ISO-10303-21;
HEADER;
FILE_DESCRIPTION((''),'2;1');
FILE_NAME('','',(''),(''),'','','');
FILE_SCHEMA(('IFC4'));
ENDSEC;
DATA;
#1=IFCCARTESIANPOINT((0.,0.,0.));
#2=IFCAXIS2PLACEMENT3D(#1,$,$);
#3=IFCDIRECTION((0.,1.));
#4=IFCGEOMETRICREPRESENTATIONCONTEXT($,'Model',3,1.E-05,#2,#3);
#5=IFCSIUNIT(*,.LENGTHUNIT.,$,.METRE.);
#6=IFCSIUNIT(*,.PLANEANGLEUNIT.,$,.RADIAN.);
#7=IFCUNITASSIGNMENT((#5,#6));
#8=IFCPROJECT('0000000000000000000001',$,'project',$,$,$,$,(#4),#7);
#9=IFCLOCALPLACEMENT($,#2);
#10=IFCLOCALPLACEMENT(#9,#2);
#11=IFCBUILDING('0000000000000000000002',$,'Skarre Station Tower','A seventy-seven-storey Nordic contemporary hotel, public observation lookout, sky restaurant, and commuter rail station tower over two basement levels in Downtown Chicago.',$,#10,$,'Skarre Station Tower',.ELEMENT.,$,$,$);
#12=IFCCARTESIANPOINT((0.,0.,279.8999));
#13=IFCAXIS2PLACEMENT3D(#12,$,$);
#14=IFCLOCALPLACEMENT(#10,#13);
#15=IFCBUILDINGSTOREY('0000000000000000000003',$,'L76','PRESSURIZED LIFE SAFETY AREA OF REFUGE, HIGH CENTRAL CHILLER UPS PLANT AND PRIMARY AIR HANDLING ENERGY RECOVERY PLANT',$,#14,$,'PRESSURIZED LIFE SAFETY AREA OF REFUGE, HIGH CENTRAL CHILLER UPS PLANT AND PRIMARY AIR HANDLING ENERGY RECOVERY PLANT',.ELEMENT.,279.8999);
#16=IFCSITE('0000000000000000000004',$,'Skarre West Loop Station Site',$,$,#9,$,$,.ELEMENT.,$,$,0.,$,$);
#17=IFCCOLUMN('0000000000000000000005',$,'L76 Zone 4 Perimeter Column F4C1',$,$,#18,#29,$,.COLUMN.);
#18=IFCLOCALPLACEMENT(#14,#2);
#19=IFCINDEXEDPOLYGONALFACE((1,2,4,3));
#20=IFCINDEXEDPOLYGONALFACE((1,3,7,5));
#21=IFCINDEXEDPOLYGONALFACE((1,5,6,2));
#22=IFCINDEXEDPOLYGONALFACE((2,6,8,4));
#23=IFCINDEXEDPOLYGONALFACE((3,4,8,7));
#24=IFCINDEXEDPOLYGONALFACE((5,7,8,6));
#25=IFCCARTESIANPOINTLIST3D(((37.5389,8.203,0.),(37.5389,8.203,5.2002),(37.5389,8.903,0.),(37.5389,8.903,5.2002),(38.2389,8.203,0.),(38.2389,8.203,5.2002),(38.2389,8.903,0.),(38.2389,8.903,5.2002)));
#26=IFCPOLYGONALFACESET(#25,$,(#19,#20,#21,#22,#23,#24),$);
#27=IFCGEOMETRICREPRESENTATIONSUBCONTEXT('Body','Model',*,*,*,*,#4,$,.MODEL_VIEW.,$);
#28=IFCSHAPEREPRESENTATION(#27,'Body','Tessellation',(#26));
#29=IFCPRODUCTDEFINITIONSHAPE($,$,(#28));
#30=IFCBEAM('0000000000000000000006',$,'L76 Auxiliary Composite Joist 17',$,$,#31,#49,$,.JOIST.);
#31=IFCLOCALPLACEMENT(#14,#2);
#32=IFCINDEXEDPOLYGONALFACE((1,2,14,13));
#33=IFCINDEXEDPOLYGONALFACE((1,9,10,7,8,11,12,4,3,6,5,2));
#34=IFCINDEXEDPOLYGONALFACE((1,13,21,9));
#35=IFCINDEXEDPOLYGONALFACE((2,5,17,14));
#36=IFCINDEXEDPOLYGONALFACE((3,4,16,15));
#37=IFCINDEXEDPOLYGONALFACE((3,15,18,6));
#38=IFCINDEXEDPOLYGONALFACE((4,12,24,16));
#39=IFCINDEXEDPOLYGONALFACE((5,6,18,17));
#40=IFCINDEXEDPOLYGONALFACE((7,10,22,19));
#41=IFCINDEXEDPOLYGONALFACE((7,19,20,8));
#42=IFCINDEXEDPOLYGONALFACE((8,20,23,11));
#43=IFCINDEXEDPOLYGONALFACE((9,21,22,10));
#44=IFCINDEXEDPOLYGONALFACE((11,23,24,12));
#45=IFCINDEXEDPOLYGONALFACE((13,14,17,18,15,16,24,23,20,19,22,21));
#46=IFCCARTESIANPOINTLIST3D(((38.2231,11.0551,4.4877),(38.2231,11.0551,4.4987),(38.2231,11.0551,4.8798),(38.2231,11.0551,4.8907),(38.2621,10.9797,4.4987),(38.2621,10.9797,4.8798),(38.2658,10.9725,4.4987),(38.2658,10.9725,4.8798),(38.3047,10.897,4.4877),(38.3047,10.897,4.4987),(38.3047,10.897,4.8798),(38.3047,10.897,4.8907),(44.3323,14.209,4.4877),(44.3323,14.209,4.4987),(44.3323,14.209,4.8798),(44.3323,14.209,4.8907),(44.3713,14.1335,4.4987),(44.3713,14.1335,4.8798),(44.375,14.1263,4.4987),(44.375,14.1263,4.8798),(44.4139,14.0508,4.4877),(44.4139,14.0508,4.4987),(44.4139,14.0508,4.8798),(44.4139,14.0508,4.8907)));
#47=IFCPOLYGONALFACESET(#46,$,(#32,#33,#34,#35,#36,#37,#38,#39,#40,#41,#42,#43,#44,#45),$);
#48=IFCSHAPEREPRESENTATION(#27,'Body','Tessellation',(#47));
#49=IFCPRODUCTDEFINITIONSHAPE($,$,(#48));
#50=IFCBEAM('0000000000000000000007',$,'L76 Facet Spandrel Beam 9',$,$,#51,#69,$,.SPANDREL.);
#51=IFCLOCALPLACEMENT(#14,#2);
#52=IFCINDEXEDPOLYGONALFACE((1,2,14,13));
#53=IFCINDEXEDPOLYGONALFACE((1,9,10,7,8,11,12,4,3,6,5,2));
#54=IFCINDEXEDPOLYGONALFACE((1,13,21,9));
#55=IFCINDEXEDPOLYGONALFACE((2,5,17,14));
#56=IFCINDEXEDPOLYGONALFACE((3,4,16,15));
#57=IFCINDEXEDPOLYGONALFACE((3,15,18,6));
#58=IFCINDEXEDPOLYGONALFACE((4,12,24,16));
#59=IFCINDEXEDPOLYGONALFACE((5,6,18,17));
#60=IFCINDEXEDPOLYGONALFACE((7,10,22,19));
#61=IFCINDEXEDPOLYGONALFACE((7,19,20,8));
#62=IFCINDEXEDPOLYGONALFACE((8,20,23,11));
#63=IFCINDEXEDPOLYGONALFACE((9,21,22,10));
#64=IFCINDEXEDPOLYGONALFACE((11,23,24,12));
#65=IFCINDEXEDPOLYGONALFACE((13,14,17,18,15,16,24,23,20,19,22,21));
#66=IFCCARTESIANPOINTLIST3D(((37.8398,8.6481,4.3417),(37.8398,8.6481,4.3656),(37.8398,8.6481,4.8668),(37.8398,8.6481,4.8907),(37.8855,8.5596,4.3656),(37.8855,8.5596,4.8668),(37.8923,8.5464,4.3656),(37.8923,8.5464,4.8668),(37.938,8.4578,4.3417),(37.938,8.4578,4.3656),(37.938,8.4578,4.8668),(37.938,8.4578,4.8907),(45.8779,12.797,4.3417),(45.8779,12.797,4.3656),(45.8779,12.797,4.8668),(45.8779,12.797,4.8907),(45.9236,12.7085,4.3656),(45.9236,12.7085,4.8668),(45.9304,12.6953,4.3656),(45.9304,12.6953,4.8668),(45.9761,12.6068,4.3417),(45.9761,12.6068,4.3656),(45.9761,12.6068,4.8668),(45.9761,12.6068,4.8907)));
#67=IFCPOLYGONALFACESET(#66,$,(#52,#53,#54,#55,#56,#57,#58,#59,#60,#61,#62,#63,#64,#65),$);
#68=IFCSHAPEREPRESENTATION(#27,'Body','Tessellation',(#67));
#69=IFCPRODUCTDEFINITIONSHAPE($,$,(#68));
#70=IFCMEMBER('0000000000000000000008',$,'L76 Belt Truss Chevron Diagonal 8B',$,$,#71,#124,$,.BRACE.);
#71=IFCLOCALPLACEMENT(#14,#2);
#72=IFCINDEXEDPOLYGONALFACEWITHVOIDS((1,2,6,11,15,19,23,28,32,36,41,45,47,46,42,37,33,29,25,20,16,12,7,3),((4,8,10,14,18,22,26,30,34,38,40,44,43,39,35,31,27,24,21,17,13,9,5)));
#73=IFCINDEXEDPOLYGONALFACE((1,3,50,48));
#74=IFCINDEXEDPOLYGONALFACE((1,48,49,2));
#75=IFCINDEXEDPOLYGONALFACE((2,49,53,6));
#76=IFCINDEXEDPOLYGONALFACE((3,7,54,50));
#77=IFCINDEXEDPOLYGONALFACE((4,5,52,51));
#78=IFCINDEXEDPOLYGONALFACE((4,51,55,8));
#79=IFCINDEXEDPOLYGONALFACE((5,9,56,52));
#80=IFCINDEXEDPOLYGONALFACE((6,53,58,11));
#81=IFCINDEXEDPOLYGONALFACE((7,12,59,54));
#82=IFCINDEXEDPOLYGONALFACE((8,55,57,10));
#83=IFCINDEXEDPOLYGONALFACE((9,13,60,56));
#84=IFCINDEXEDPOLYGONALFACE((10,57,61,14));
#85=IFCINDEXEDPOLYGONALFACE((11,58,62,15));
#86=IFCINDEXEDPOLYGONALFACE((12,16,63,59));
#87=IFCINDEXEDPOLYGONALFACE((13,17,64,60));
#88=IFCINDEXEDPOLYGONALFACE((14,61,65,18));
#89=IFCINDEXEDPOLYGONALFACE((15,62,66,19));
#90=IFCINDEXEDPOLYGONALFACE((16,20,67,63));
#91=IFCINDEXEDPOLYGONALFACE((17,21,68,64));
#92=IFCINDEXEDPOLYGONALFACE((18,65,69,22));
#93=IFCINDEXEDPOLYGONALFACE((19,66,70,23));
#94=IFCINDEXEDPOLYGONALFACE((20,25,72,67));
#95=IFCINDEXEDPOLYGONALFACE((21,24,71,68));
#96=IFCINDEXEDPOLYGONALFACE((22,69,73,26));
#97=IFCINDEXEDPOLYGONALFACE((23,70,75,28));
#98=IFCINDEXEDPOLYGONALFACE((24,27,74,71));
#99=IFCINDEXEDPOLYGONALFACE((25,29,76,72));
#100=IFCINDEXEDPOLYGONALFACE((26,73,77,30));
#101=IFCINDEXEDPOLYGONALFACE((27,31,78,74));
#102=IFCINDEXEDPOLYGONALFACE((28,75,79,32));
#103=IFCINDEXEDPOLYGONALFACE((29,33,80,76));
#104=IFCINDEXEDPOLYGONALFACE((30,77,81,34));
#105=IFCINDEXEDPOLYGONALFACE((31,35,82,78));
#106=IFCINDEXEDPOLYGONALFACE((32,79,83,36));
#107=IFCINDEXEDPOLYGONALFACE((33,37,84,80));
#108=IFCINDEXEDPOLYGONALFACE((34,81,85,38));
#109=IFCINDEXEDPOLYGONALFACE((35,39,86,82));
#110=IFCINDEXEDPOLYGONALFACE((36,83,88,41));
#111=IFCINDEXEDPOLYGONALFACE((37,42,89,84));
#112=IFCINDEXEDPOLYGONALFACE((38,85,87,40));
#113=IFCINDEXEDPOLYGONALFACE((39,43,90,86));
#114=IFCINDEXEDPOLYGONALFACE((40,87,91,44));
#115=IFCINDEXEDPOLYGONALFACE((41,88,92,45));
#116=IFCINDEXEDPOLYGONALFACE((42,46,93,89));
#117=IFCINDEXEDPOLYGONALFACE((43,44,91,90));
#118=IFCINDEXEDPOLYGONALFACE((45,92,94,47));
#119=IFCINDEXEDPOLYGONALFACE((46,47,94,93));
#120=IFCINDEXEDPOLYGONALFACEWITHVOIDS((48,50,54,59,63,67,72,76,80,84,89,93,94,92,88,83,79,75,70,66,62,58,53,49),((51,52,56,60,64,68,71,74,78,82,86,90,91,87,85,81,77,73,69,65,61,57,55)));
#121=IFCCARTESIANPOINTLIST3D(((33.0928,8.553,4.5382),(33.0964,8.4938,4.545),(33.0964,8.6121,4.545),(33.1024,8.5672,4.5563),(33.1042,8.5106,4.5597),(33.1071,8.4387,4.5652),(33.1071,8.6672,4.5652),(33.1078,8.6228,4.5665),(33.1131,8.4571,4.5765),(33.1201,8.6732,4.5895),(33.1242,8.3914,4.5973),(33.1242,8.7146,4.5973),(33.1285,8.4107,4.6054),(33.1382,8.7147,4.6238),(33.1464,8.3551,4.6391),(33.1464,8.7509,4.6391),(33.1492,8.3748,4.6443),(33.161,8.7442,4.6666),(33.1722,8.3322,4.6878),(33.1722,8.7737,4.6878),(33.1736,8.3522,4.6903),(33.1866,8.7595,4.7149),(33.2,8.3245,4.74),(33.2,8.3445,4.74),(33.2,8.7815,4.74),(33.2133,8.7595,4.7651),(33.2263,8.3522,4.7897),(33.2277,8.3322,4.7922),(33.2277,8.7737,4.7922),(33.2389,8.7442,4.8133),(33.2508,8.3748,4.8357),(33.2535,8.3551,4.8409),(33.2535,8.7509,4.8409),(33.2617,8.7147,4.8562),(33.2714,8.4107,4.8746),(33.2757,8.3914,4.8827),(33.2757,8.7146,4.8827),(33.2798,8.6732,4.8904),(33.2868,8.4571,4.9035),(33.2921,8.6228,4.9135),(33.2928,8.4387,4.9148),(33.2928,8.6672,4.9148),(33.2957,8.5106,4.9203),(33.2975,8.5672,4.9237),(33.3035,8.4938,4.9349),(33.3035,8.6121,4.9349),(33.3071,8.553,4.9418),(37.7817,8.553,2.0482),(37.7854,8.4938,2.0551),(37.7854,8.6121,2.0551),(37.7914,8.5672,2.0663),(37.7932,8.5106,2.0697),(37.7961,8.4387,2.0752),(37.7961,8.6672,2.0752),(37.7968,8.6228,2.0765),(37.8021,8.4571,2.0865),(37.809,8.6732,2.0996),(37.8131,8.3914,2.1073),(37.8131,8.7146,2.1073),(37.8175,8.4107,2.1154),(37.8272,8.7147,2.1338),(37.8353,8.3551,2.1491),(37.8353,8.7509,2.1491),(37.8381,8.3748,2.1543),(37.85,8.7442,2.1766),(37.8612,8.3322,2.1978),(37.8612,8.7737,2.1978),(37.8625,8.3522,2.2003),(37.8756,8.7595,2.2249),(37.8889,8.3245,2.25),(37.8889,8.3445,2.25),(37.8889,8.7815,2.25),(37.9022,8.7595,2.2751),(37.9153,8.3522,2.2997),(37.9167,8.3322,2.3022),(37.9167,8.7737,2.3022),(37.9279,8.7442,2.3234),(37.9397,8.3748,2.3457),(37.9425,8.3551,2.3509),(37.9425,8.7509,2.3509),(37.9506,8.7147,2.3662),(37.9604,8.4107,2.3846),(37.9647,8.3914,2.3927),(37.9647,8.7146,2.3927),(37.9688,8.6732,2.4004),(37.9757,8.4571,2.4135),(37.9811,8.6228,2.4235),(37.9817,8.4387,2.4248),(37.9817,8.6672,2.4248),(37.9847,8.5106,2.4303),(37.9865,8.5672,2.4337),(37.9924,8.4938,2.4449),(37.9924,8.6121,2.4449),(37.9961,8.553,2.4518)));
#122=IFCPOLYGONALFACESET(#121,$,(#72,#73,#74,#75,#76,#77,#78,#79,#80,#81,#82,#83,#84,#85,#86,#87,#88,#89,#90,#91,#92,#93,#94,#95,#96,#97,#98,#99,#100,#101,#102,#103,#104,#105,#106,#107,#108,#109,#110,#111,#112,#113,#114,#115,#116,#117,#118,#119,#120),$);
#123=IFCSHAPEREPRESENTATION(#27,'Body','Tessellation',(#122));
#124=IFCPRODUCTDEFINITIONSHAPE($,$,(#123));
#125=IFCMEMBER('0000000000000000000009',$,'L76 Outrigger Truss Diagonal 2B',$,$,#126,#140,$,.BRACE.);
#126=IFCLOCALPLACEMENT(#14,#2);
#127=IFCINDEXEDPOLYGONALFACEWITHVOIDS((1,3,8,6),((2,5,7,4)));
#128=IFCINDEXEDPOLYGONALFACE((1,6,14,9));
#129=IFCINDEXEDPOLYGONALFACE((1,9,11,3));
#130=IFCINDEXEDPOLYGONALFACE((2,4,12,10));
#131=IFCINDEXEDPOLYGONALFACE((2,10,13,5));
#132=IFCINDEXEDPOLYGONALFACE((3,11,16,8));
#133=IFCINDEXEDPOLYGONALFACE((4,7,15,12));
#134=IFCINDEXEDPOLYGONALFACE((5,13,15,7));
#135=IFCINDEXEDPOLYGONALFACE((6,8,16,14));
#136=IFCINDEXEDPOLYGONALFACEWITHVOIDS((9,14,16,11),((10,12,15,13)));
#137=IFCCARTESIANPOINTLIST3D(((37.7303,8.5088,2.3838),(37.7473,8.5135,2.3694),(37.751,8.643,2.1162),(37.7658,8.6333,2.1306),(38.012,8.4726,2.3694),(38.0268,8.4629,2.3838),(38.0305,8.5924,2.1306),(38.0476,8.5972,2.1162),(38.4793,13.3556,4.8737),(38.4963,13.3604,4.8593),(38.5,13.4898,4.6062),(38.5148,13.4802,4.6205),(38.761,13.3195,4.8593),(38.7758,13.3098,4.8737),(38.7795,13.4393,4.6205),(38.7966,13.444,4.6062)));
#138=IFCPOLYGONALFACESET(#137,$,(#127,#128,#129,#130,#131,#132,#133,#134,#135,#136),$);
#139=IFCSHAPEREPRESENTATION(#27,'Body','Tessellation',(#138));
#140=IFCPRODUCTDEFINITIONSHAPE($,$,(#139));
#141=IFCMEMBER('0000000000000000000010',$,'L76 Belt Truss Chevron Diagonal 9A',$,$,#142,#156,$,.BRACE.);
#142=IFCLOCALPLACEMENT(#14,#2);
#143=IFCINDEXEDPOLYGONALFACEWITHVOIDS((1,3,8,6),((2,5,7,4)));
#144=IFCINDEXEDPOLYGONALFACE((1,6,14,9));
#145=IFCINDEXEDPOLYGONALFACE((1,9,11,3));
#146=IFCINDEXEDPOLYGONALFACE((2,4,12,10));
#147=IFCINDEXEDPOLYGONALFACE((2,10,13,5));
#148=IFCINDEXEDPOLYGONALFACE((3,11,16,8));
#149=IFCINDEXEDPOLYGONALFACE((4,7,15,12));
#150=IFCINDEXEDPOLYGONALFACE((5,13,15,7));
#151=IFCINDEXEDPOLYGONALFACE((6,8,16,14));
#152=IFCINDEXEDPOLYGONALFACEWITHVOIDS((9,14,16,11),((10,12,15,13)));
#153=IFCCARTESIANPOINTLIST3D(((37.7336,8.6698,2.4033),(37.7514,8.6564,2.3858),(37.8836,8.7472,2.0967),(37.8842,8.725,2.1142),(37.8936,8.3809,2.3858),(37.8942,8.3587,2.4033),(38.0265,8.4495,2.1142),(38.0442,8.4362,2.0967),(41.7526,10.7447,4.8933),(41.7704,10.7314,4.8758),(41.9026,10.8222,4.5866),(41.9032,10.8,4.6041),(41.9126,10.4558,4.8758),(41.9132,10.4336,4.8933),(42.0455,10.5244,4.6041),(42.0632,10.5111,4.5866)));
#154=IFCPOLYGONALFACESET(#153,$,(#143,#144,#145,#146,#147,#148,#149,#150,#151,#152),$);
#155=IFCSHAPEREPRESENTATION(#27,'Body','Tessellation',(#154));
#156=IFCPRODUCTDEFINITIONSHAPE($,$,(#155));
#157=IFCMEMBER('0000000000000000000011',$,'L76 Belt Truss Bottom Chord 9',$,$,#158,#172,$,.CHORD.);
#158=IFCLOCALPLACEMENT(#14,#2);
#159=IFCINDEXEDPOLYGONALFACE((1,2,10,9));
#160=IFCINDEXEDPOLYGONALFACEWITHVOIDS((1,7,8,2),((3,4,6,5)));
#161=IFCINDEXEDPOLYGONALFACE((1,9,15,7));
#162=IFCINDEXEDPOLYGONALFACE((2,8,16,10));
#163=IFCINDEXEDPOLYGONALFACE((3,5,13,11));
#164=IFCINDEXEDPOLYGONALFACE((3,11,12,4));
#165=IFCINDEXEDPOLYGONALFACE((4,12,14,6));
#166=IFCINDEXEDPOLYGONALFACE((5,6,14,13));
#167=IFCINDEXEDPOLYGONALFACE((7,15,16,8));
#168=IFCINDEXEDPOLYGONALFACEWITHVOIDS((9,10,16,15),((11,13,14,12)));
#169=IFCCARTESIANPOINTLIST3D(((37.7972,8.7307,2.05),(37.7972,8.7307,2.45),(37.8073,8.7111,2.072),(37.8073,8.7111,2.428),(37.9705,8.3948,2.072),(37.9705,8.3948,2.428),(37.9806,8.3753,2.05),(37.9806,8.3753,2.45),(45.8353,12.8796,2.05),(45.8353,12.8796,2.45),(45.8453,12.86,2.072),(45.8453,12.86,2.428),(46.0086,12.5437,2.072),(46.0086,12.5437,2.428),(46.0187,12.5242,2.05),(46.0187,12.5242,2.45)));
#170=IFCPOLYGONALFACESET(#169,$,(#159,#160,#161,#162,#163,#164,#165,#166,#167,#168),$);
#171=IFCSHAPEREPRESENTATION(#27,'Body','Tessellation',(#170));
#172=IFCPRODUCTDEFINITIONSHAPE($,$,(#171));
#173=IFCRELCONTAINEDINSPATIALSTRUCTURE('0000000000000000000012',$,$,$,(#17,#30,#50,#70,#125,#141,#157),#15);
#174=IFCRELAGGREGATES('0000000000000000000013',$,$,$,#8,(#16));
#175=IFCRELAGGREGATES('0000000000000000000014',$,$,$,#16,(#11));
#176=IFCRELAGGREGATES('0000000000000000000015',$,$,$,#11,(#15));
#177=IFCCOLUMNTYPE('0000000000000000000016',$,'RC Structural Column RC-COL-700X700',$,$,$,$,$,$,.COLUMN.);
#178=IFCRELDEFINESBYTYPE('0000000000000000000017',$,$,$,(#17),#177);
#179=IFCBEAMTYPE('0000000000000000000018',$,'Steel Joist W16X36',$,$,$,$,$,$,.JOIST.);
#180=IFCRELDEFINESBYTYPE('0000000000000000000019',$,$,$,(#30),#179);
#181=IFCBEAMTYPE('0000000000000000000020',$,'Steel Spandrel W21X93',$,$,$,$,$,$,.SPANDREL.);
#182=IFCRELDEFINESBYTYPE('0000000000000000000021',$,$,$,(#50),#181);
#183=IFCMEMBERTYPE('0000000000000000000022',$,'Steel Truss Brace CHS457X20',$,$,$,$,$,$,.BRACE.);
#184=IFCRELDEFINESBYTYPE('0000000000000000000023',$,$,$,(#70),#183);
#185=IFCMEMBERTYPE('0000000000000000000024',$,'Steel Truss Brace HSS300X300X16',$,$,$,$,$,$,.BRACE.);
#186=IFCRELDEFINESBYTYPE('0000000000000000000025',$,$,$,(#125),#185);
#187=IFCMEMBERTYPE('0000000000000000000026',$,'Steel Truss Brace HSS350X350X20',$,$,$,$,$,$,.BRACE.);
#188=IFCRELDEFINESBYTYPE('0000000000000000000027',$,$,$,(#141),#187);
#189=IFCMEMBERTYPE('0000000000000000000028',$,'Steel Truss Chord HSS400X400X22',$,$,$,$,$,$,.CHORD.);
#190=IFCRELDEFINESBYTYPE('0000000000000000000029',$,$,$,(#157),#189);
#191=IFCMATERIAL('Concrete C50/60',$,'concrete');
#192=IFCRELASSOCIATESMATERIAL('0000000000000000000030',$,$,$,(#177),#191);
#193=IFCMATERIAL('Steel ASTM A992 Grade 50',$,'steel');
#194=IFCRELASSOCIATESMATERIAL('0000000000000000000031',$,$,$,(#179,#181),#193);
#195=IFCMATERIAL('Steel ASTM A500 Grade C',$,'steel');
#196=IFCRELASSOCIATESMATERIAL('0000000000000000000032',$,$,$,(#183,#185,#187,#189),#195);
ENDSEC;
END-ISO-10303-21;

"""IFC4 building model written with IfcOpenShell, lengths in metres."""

from ifc_helpers import new_model, si_unit, direction, frame, origin, origin_2d, place, context, subcontext, project, spatial, rectangle, hollow_rectangle, hollow_circle, i_section, extrude, material, material_profile, profile_set, type_object, element, save


model = new_model("IFC4")

# Units and contexts
model_context = context("Model", 3, precision=1e-05, world=origin(), true_north=direction((0.0, 1.0)))
body_context = subcontext(model_context, "Body", "Model", "MODEL_VIEW")
ifc_project = project(units=[si_unit("LENGTHUNIT", "METRE"), si_unit("PLANEANGLEUNIT", "RADIAN")], contexts=[model_context])

# Site, building, storey
site_placement = place(None, origin())
site = spatial("IfcSite", under=ifc_project, at=site_placement, Name="Skarre West Loop Station Site", CompositionType="ELEMENT", RefElevation=0.0)
building_placement = place(site_placement, origin())
building = spatial("IfcBuilding", under=site, at=building_placement, Name="Skarre Station Tower", Description="A seventy-seven-storey Nordic contemporary hotel, public observation lookout, sky restaurant, and commuter rail station tower over two basement levels in Downtown Chicago.", LongName="Skarre Station Tower", CompositionType="ELEMENT")
storey_placement = place(building_placement, frame((0.0, 0.0, 279.8999)))
storey = spatial("IfcBuildingStorey", under=building, at=storey_placement, Name="L76", Description="PRESSURIZED LIFE SAFETY AREA OF REFUGE, HIGH CENTRAL CHILLER UPS PLANT AND PRIMARY AIR HANDLING ENERGY RECOVERY PLANT", LongName="PRESSURIZED LIFE SAFETY AREA OF REFUGE, HIGH CENTRAL CHILLER UPS PLANT AND PRIMARY AIR HANDLING ENERGY RECOVERY PLANT", CompositionType="ELEMENT", Elevation=279.8999)

# Column
ifc_material_1 = material(Name="Concrete C50/60", Category="concrete")
ifc_material_profile_1 = material_profile(ifc_material_1, rectangle(XDim=0.7, YDim=0.7, at=origin_2d()), Name="Concrete C50/60")
ifc_profile_set_1 = profile_set([ifc_material_profile_1], Name="Concrete C50/60")
column_type = type_object("IfcColumnType", Name="RC Structural Column RC-COL-700X700", PredefinedType="COLUMN", material=ifc_profile_set_1)
column_placement = place(storey_placement, frame((37.8889, 8.553, 0.0), z_axis=(0.0, 0.0, 1.0), x_axis=(1.0, 0.0, 0.0)))
element("IfcColumn", 1, at=column_placement, inside=storey, type_object=column_type, Name="L76 Zone 4 Perimeter Column F4C1", PredefinedType="COLUMN", context=body_context, shape_type="SweptSolid", body=[
    extrude(rectangle(XDim=0.7, YDim=0.7, at=origin_2d()), origin(), (0.0, 0.0, 1.0), 5.2002),
])

# Beams
ifc_material_2 = material(Name="Steel ASTM A992 Grade 50", Category="steel")
ifc_material_profile_2 = material_profile(ifc_material_2, i_section(OverallWidth=0.178, OverallDepth=0.4031, WebThickness=0.0081, FlangeThickness=0.011, at=origin_2d()), Name="Steel ASTM A992 Grade 50")
ifc_profile_set_2 = profile_set([ifc_material_profile_2], Name="Steel ASTM A992 Grade 50")
beam_type_1 = type_object("IfcBeamType", Name="Steel Joist W16X36", PredefinedType="JOIST", material=ifc_profile_set_2)
beam_1_placement = place(storey_placement, frame((38.2639, 10.9761, 4.6892), z_axis=(0.888579, 0.458724, 0.0), x_axis=(-0.458724, 0.888579, 0.0)))
element("IfcBeam", 2, at=beam_1_placement, inside=storey, type_object=beam_type_1, Name="L76 Auxiliary Composite Joist 17", PredefinedType="JOIST", context=body_context, shape_type="SweptSolid", body=[
    extrude(i_section(OverallWidth=0.178, OverallDepth=0.4031, WebThickness=0.0081, FlangeThickness=0.011, at=origin_2d()), origin(), (0.0, 0.0, 1.0), 6.8752),
])
ifc_material_profile_3 = material_profile(ifc_material_2, i_section(OverallWidth=0.2141, OverallDepth=0.5491, WebThickness=0.0149, FlangeThickness=0.0239, at=origin_2d()), Name="Steel ASTM A992 Grade 50")
ifc_profile_set_3 = profile_set([ifc_material_profile_3], Name="Steel ASTM A992 Grade 50")
beam_type_2 = type_object("IfcBeamType", Name="Steel Spandrel W21X93", PredefinedType="SPANDREL", material=ifc_profile_set_3)
beam_2_placement = place(storey_placement, frame((37.8889, 8.553, 4.6162), z_axis=(0.88861, 0.458664, 0.0), x_axis=(-0.458664, 0.88861, 0.0)))
element("IfcBeam", 3, at=beam_2_placement, inside=storey, type_object=beam_type_2, Name="L76 Facet Spandrel Beam 9", PredefinedType="SPANDREL", context=body_context, shape_type="SweptSolid", body=[
    extrude(i_section(OverallWidth=0.2141, OverallDepth=0.5491, WebThickness=0.0149, FlangeThickness=0.0239, at=origin_2d()), origin(), (0.0, 0.0, 1.0), 9.0457),
])

# Members
ifc_material_3 = material(Name="Steel ASTM A500 Grade C", Category="steel")
ifc_material_profile_4 = material_profile(ifc_material_3, hollow_circle(Radius=0.2285, WallThickness=0.02, at=origin_2d()), Name="Steel ASTM A500 Grade C")
ifc_profile_set_4 = profile_set([ifc_material_profile_4], Name="Steel ASTM A500 Grade C")
member_type_1 = type_object("IfcMemberType", Name="Steel Truss Brace CHS457X20", PredefinedType="BRACE", material=ifc_profile_set_4)
member_1_placement = place(storey_placement, frame((37.8889, 8.553, 2.25), z_axis=(-0.883195, 0.0, 0.469005), x_axis=(0.0, -1.0, 0.0)))
element("IfcMember", 4, at=member_1_placement, inside=storey, type_object=member_type_1, Name="L76 Belt Truss Chevron Diagonal 8B", PredefinedType="BRACE", context=body_context, shape_type="SweptSolid", body=[
    extrude(hollow_circle(Radius=0.2285, WallThickness=0.02, at=origin_2d()), origin(), (0.0, 0.0, 1.0), 5.3091),
])
ifc_material_profile_5 = material_profile(ifc_material_3, hollow_rectangle(XDim=0.3, YDim=0.3, WallThickness=0.0161, at=origin_2d()), Name="Steel ASTM A500 Grade C")
ifc_profile_set_5 = profile_set([ifc_material_profile_5], Name="Steel ASTM A500 Grade C")
member_type_2 = type_object("IfcMemberType", Name="Steel Truss Brace HSS300X300X16", PredefinedType="BRACE", material=ifc_profile_set_5)
member_2_placement = place(storey_placement, frame((37.8889, 8.553, 2.25), z_axis=(0.136178, 0.881204, 0.452697), x_axis=(-0.988269, 0.152723, 0.0)))
element("IfcMember", 5, at=member_2_placement, inside=storey, type_object=member_type_2, Name="L76 Outrigger Truss Diagonal 2B", PredefinedType="BRACE", context=body_context, shape_type="SweptSolid", body=[
    extrude(hollow_rectangle(XDim=0.3, YDim=0.3, WallThickness=0.0161, at=origin_2d()), origin(), (0.0, 0.0, 1.0), 5.5002),
])
ifc_material_profile_6 = material_profile(ifc_material_3, hollow_rectangle(XDim=0.3501, YDim=0.3501, WallThickness=0.02, at=origin_2d()), Name="Steel ASTM A500 Grade C")
ifc_profile_set_6 = profile_set([ifc_material_profile_6], Name="Steel ASTM A500 Grade C")
member_type_3 = type_object("IfcMemberType", Name="Steel Truss Brace HSS350X350X20", PredefinedType="BRACE", material=ifc_profile_set_6)
member_3_placement = place(storey_placement, frame((37.8889, 8.553, 2.25), z_axis=(0.778408, 0.401877, 0.482261), x_axis=(-0.458749, 0.888566, 0.0)))
element("IfcMember", 6, at=member_3_placement, inside=storey, type_object=member_type_3, Name="L76 Belt Truss Chevron Diagonal 9A", PredefinedType="BRACE", context=body_context, shape_type="SweptSolid", body=[
    extrude(hollow_rectangle(XDim=0.3501, YDim=0.3501, WallThickness=0.02, at=origin_2d()), origin(), (0.0, 0.0, 1.0), 5.1631),
])
ifc_material_profile_7 = material_profile(ifc_material_3, hollow_rectangle(XDim=0.3999, YDim=0.3999, WallThickness=0.022, at=origin_2d()), Name="Steel ASTM A500 Grade C")
ifc_profile_set_7 = profile_set([ifc_material_profile_7], Name="Steel ASTM A500 Grade C")
member_type_4 = type_object("IfcMemberType", Name="Steel Truss Chord HSS400X400X22", PredefinedType="CHORD", material=ifc_profile_set_7)
member_4_placement = place(storey_placement, frame((37.8889, 8.553, 2.25), z_axis=(0.88861, 0.458664, 0.0), x_axis=(-0.458664, 0.88861, 0.0)))
element("IfcMember", 7, at=member_4_placement, inside=storey, type_object=member_type_4, Name="L76 Belt Truss Bottom Chord 9", PredefinedType="CHORD", context=body_context, shape_type="SweptSolid", body=[
    extrude(hollow_rectangle(XDim=0.3999, YDim=0.3999, WallThickness=0.022, at=origin_2d()), origin(), (0.0, 0.0, 1.0), 9.0457),
])

save(model, "model.ifc")
